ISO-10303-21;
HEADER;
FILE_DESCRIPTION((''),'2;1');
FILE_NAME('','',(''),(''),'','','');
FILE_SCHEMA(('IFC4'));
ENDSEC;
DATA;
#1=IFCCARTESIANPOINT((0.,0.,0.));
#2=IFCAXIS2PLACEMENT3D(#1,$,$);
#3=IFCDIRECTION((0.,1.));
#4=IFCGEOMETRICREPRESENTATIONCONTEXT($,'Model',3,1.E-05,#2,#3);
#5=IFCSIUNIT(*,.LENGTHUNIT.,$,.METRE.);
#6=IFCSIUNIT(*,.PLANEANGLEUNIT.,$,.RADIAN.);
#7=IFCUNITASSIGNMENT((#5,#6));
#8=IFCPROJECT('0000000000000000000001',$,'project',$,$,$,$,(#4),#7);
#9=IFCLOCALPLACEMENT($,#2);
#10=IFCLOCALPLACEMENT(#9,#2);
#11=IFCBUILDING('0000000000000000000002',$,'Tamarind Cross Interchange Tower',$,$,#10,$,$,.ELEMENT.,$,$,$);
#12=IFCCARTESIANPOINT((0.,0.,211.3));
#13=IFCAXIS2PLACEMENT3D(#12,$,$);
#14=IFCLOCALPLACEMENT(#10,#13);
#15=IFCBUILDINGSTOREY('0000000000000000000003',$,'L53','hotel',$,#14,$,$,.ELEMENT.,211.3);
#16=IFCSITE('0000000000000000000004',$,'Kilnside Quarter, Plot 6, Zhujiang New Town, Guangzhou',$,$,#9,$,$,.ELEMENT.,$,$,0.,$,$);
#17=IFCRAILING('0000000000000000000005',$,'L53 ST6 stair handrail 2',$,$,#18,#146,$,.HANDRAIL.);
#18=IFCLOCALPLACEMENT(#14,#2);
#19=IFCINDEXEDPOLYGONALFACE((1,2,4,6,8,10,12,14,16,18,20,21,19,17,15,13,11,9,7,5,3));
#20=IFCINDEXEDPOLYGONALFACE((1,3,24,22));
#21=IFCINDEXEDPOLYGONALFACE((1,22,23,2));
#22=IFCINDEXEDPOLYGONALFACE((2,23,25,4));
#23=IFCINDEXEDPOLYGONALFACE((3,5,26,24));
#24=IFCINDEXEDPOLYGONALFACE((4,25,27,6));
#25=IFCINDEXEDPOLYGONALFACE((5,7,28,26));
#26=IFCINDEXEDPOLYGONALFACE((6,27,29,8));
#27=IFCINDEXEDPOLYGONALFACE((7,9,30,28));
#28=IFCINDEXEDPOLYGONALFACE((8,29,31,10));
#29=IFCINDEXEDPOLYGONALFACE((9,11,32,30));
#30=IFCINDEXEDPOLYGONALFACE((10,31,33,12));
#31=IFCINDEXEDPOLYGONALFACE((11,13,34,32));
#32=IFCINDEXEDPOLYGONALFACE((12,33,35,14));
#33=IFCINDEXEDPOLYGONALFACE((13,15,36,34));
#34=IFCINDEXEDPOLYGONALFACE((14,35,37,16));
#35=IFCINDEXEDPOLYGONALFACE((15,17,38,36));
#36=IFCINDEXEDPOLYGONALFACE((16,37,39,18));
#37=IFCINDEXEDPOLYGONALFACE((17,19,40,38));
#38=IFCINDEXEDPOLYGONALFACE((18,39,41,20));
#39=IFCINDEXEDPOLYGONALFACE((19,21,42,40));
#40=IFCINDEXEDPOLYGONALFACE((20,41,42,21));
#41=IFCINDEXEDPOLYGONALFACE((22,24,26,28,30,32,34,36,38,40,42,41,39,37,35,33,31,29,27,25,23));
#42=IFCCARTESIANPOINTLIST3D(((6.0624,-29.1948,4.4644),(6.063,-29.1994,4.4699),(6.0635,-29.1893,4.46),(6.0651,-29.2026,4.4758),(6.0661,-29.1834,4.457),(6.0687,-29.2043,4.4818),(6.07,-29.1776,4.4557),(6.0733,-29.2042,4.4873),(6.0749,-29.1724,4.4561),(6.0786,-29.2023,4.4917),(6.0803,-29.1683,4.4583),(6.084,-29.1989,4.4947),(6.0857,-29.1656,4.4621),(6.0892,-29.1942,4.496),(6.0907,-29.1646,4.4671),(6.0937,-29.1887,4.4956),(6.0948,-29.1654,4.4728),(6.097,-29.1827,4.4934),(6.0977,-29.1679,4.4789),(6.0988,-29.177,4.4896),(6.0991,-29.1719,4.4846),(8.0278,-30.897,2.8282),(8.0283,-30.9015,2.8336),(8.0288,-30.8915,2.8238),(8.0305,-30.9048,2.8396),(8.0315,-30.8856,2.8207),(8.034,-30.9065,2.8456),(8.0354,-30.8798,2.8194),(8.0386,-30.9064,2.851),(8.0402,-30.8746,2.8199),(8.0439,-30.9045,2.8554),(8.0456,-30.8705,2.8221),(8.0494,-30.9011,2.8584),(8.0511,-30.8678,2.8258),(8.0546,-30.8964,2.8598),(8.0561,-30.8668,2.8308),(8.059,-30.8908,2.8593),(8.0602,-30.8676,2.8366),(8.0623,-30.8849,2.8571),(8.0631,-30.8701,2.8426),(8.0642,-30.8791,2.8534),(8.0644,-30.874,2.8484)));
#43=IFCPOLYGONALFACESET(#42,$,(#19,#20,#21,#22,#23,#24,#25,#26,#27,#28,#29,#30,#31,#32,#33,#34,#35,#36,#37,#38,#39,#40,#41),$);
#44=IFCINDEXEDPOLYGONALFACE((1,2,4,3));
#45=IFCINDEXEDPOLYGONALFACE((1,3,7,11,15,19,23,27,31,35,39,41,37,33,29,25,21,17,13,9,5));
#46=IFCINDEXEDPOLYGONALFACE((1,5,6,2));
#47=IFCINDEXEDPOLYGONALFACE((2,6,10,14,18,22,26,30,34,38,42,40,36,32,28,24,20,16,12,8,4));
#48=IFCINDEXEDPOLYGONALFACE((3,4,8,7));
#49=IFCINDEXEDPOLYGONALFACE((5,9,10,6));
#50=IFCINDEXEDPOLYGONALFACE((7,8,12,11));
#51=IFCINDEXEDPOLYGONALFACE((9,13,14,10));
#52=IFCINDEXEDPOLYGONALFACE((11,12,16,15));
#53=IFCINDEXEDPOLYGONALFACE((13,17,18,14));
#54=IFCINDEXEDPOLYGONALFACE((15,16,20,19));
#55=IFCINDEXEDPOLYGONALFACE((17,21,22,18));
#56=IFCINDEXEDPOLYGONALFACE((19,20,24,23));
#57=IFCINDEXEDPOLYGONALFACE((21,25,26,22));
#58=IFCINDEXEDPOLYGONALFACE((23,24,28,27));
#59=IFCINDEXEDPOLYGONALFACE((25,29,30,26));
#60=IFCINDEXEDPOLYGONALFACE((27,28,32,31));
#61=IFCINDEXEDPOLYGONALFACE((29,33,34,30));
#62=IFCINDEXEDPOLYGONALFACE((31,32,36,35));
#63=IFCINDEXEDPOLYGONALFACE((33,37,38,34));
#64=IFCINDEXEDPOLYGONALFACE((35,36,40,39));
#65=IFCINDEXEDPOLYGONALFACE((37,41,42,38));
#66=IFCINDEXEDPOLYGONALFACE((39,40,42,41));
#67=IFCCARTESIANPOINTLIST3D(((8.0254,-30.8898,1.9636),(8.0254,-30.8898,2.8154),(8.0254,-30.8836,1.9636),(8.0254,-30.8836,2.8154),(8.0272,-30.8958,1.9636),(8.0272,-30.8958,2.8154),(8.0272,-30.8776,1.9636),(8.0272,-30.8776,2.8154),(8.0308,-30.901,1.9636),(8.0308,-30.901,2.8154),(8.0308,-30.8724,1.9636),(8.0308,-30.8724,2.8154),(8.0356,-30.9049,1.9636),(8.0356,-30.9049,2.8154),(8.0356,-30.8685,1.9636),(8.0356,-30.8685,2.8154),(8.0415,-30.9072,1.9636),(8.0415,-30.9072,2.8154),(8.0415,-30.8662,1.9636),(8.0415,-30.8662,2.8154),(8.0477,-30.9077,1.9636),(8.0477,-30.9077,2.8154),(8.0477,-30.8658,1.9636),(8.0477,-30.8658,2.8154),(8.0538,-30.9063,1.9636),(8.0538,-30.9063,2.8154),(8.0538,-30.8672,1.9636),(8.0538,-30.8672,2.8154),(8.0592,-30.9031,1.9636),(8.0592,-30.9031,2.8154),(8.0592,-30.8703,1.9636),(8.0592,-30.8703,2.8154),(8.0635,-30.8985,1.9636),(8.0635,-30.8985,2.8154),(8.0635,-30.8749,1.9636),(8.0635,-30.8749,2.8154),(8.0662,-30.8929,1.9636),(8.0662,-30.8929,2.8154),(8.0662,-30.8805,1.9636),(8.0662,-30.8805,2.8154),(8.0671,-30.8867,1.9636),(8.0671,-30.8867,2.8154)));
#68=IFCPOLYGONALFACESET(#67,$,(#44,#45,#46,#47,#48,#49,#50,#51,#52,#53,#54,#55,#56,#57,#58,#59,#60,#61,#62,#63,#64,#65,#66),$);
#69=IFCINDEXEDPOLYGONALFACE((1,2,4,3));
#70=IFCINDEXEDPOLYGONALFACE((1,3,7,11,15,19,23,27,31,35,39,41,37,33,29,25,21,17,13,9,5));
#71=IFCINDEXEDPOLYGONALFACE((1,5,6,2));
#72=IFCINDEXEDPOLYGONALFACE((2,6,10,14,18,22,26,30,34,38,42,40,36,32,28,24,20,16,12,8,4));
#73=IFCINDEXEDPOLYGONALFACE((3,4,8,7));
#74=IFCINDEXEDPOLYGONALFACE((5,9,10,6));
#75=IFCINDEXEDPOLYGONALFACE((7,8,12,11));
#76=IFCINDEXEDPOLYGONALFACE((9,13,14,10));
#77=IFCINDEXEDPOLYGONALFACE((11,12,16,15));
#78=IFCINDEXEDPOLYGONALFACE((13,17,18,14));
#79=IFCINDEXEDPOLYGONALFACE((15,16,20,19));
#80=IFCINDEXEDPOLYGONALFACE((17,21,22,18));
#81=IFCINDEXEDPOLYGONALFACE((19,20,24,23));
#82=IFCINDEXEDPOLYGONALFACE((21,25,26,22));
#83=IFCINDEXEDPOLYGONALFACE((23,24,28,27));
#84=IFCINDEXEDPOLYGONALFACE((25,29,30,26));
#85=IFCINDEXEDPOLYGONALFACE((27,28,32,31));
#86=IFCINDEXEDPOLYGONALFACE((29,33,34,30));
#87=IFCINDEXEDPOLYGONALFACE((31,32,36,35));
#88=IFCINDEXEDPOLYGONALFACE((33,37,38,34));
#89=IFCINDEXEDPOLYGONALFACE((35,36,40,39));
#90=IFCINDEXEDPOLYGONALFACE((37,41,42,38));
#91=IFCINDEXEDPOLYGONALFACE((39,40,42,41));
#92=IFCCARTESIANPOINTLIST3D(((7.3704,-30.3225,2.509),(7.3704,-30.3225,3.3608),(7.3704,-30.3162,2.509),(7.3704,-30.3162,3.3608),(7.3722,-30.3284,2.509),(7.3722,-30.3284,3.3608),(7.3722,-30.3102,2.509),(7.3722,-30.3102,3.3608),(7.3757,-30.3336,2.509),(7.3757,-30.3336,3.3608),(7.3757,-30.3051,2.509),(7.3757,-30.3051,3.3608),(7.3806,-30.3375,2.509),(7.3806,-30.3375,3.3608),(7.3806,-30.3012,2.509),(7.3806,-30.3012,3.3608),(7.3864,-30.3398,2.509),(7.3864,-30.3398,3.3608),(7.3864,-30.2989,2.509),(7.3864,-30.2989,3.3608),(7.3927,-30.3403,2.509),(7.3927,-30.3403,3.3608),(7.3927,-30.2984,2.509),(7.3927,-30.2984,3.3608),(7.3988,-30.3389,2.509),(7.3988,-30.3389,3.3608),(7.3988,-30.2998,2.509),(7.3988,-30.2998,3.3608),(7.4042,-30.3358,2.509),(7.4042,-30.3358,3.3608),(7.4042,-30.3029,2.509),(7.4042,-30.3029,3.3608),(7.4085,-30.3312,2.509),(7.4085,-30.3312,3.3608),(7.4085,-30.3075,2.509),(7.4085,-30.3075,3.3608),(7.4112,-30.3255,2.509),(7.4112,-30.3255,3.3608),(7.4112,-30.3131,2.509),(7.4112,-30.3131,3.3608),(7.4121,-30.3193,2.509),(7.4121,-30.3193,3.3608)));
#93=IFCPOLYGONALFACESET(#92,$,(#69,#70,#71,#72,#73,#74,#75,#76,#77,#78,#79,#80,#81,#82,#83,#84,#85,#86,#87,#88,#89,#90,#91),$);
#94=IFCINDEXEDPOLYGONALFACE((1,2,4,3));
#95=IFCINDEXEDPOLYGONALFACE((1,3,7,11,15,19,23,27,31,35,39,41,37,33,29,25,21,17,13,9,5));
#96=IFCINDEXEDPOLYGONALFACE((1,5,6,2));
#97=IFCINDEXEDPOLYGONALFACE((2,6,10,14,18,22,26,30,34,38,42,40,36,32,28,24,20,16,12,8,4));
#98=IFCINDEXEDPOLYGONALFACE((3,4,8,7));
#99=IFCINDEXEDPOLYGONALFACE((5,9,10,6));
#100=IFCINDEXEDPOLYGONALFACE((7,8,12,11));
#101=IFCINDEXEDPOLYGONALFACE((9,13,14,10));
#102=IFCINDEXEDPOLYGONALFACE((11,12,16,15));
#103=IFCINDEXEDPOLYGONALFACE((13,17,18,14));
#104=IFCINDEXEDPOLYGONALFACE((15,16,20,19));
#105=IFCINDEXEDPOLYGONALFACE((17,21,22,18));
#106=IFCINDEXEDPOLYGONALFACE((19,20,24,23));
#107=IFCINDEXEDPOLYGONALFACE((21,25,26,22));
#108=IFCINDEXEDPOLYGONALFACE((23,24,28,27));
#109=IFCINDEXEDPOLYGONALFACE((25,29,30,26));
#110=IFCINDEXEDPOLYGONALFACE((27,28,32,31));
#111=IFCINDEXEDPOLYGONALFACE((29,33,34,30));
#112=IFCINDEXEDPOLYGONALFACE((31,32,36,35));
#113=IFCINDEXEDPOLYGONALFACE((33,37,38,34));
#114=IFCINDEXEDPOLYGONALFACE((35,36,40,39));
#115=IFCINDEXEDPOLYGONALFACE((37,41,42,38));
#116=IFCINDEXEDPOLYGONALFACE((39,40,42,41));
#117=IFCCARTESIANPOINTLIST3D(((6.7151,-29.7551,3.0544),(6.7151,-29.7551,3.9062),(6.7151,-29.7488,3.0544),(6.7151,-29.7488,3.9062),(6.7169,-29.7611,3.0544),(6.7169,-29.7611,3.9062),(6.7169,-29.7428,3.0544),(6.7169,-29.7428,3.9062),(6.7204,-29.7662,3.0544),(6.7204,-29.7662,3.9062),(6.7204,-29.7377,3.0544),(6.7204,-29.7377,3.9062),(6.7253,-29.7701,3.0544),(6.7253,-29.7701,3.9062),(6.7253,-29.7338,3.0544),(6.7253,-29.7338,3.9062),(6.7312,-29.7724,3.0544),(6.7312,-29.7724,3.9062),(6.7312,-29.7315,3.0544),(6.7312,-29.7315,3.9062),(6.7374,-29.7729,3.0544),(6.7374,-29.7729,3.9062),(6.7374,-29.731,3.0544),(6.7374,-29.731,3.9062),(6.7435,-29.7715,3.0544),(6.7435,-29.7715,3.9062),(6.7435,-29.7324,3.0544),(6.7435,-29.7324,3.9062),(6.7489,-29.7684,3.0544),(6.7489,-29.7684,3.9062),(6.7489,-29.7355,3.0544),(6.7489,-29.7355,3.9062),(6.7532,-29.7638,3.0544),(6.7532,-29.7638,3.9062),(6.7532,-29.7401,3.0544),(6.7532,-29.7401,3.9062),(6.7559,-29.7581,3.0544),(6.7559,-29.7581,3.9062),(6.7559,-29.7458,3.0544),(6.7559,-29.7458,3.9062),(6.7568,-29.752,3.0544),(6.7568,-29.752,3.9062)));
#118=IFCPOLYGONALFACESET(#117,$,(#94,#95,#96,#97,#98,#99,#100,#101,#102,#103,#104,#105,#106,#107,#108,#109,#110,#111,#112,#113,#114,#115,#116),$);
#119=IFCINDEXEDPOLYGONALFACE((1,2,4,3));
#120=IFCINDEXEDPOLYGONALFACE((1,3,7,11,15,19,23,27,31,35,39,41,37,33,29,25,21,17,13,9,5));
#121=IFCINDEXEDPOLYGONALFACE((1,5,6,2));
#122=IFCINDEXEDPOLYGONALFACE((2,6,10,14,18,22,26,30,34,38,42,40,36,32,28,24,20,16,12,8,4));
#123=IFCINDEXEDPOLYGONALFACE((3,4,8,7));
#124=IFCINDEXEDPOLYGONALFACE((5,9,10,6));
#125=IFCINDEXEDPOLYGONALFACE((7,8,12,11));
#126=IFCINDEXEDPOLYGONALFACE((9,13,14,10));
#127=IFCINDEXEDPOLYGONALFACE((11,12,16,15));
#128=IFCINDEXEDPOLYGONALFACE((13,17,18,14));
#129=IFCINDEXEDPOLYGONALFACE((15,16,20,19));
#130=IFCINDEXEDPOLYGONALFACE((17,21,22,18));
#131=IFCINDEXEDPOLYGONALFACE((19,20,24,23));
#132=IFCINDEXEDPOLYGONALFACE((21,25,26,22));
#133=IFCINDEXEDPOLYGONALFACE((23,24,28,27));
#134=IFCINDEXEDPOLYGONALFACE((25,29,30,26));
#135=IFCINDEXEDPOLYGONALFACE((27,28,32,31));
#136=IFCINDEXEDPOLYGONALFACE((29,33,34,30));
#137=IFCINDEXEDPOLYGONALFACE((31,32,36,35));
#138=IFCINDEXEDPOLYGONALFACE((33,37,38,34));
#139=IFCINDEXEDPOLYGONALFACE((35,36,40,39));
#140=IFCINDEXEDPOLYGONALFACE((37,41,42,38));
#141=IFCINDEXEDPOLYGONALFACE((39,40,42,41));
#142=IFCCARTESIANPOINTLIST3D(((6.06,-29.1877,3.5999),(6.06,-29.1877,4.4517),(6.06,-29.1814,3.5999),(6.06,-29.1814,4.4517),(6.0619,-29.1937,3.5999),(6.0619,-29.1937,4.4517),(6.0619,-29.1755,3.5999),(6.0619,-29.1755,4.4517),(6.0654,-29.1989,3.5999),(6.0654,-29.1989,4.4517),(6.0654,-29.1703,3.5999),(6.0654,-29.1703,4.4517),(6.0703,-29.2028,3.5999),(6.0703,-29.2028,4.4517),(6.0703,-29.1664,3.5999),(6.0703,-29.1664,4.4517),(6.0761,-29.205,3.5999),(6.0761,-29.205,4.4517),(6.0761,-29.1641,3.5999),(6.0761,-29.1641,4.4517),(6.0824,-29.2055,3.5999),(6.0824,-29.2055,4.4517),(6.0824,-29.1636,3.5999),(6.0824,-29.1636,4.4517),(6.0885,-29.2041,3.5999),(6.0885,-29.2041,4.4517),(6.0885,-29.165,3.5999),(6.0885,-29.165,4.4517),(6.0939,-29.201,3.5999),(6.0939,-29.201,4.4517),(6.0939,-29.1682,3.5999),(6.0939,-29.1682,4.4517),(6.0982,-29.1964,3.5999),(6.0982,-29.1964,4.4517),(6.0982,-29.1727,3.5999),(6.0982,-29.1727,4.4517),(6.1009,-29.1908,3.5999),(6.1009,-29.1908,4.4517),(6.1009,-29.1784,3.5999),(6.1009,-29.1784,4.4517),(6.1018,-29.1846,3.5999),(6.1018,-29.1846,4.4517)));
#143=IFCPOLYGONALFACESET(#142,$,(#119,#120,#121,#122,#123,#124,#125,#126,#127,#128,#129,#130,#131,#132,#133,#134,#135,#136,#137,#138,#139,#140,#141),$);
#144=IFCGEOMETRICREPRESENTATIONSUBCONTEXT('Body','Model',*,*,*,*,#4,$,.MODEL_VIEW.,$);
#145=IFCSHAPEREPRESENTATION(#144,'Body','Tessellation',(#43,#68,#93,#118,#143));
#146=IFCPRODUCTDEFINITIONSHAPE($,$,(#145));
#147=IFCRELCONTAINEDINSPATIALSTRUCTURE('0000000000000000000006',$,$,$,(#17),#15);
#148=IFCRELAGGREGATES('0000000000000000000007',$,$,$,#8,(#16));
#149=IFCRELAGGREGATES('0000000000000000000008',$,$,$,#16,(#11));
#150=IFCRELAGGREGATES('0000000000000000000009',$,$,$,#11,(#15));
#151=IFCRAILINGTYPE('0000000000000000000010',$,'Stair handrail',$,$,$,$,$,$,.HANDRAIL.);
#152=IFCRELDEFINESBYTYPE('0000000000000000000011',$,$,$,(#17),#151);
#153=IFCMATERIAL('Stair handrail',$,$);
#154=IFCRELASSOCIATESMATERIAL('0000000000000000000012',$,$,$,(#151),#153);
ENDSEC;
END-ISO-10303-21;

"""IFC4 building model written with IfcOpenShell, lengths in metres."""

from ifc_helpers import new_model, si_unit, direction, frame, origin, origin_2d, place, context, subcontext, project, spatial, circle, extrude, material, type_object, element, save


model = new_model("IFC4")

# Units and contexts
model_context = context("Model", 3, precision=1e-05, world=origin(), true_north=direction((0.0, 1.0)))
body_context = subcontext(model_context, "Body", "Model", "MODEL_VIEW")
ifc_project = project(units=[si_unit("LENGTHUNIT", "METRE"), si_unit("PLANEANGLEUNIT", "RADIAN")], contexts=[model_context])

# Site, building, storey
site_placement = place(None, origin())
site = spatial("IfcSite", under=ifc_project, at=site_placement, Name="Kilnside Quarter, Plot 6, Zhujiang New Town, Guangzhou", CompositionType="ELEMENT", RefElevation=0.0)
building_placement = place(site_placement, origin())
building = spatial("IfcBuilding", under=site, at=building_placement, Name="Tamarind Cross Interchange Tower", CompositionType="ELEMENT")
storey_placement = place(building_placement, frame((0.0, 0.0, 211.3)))
storey = spatial("IfcBuildingStorey", under=building, at=storey_placement, Name="L53", Description="hotel", CompositionType="ELEMENT", Elevation=211.3)

# Railing
ifc_material_1 = material(Name="Stair handrail")
railing_type_1 = type_object("IfcRailingType", Name="Stair handrail", PredefinedType="HANDRAIL", material=ifc_material_1)
railing_1_placement = place(storey_placement, frame((8.0461, -30.8867, 1.9636)))
element("IfcRailing", 1, at=railing_1_placement, inside=storey, type_object=railing_type_1, Name="L53 ST6 stair handrail 2", PredefinedType="HANDRAIL", context=body_context, shape_type="SweptSolid", body=[
    extrude(circle(Radius=0.0239, at=origin_2d()), frame((0.0, 0.0, 0.876), z_axis=(-0.63976, 0.554088, 0.53263), x_axis=(-0.65468, -0.755906, 0.0)), (0.0, 0.0, 1.0), 3.072),
    extrude(circle(Radius=0.021, at=origin_2d()), origin(), (0.0, 0.0, 1.0), 0.8518),
    extrude(circle(Radius=0.021, at=origin_2d()), frame((-0.655, 0.5674, 0.5454)), (0.0, 0.0, 1.0), 0.8518),
    extrude(circle(Radius=0.021, at=origin_2d()), frame((-1.3103, 1.1348, 1.0908)), (0.0, 0.0, 1.0), 0.8518),
    extrude(circle(Radius=0.021, at=origin_2d()), frame((-1.9653, 1.7021, 1.6362)), (0.0, 0.0, 1.0), 0.8518),
])

save(model, "model.ifc")
